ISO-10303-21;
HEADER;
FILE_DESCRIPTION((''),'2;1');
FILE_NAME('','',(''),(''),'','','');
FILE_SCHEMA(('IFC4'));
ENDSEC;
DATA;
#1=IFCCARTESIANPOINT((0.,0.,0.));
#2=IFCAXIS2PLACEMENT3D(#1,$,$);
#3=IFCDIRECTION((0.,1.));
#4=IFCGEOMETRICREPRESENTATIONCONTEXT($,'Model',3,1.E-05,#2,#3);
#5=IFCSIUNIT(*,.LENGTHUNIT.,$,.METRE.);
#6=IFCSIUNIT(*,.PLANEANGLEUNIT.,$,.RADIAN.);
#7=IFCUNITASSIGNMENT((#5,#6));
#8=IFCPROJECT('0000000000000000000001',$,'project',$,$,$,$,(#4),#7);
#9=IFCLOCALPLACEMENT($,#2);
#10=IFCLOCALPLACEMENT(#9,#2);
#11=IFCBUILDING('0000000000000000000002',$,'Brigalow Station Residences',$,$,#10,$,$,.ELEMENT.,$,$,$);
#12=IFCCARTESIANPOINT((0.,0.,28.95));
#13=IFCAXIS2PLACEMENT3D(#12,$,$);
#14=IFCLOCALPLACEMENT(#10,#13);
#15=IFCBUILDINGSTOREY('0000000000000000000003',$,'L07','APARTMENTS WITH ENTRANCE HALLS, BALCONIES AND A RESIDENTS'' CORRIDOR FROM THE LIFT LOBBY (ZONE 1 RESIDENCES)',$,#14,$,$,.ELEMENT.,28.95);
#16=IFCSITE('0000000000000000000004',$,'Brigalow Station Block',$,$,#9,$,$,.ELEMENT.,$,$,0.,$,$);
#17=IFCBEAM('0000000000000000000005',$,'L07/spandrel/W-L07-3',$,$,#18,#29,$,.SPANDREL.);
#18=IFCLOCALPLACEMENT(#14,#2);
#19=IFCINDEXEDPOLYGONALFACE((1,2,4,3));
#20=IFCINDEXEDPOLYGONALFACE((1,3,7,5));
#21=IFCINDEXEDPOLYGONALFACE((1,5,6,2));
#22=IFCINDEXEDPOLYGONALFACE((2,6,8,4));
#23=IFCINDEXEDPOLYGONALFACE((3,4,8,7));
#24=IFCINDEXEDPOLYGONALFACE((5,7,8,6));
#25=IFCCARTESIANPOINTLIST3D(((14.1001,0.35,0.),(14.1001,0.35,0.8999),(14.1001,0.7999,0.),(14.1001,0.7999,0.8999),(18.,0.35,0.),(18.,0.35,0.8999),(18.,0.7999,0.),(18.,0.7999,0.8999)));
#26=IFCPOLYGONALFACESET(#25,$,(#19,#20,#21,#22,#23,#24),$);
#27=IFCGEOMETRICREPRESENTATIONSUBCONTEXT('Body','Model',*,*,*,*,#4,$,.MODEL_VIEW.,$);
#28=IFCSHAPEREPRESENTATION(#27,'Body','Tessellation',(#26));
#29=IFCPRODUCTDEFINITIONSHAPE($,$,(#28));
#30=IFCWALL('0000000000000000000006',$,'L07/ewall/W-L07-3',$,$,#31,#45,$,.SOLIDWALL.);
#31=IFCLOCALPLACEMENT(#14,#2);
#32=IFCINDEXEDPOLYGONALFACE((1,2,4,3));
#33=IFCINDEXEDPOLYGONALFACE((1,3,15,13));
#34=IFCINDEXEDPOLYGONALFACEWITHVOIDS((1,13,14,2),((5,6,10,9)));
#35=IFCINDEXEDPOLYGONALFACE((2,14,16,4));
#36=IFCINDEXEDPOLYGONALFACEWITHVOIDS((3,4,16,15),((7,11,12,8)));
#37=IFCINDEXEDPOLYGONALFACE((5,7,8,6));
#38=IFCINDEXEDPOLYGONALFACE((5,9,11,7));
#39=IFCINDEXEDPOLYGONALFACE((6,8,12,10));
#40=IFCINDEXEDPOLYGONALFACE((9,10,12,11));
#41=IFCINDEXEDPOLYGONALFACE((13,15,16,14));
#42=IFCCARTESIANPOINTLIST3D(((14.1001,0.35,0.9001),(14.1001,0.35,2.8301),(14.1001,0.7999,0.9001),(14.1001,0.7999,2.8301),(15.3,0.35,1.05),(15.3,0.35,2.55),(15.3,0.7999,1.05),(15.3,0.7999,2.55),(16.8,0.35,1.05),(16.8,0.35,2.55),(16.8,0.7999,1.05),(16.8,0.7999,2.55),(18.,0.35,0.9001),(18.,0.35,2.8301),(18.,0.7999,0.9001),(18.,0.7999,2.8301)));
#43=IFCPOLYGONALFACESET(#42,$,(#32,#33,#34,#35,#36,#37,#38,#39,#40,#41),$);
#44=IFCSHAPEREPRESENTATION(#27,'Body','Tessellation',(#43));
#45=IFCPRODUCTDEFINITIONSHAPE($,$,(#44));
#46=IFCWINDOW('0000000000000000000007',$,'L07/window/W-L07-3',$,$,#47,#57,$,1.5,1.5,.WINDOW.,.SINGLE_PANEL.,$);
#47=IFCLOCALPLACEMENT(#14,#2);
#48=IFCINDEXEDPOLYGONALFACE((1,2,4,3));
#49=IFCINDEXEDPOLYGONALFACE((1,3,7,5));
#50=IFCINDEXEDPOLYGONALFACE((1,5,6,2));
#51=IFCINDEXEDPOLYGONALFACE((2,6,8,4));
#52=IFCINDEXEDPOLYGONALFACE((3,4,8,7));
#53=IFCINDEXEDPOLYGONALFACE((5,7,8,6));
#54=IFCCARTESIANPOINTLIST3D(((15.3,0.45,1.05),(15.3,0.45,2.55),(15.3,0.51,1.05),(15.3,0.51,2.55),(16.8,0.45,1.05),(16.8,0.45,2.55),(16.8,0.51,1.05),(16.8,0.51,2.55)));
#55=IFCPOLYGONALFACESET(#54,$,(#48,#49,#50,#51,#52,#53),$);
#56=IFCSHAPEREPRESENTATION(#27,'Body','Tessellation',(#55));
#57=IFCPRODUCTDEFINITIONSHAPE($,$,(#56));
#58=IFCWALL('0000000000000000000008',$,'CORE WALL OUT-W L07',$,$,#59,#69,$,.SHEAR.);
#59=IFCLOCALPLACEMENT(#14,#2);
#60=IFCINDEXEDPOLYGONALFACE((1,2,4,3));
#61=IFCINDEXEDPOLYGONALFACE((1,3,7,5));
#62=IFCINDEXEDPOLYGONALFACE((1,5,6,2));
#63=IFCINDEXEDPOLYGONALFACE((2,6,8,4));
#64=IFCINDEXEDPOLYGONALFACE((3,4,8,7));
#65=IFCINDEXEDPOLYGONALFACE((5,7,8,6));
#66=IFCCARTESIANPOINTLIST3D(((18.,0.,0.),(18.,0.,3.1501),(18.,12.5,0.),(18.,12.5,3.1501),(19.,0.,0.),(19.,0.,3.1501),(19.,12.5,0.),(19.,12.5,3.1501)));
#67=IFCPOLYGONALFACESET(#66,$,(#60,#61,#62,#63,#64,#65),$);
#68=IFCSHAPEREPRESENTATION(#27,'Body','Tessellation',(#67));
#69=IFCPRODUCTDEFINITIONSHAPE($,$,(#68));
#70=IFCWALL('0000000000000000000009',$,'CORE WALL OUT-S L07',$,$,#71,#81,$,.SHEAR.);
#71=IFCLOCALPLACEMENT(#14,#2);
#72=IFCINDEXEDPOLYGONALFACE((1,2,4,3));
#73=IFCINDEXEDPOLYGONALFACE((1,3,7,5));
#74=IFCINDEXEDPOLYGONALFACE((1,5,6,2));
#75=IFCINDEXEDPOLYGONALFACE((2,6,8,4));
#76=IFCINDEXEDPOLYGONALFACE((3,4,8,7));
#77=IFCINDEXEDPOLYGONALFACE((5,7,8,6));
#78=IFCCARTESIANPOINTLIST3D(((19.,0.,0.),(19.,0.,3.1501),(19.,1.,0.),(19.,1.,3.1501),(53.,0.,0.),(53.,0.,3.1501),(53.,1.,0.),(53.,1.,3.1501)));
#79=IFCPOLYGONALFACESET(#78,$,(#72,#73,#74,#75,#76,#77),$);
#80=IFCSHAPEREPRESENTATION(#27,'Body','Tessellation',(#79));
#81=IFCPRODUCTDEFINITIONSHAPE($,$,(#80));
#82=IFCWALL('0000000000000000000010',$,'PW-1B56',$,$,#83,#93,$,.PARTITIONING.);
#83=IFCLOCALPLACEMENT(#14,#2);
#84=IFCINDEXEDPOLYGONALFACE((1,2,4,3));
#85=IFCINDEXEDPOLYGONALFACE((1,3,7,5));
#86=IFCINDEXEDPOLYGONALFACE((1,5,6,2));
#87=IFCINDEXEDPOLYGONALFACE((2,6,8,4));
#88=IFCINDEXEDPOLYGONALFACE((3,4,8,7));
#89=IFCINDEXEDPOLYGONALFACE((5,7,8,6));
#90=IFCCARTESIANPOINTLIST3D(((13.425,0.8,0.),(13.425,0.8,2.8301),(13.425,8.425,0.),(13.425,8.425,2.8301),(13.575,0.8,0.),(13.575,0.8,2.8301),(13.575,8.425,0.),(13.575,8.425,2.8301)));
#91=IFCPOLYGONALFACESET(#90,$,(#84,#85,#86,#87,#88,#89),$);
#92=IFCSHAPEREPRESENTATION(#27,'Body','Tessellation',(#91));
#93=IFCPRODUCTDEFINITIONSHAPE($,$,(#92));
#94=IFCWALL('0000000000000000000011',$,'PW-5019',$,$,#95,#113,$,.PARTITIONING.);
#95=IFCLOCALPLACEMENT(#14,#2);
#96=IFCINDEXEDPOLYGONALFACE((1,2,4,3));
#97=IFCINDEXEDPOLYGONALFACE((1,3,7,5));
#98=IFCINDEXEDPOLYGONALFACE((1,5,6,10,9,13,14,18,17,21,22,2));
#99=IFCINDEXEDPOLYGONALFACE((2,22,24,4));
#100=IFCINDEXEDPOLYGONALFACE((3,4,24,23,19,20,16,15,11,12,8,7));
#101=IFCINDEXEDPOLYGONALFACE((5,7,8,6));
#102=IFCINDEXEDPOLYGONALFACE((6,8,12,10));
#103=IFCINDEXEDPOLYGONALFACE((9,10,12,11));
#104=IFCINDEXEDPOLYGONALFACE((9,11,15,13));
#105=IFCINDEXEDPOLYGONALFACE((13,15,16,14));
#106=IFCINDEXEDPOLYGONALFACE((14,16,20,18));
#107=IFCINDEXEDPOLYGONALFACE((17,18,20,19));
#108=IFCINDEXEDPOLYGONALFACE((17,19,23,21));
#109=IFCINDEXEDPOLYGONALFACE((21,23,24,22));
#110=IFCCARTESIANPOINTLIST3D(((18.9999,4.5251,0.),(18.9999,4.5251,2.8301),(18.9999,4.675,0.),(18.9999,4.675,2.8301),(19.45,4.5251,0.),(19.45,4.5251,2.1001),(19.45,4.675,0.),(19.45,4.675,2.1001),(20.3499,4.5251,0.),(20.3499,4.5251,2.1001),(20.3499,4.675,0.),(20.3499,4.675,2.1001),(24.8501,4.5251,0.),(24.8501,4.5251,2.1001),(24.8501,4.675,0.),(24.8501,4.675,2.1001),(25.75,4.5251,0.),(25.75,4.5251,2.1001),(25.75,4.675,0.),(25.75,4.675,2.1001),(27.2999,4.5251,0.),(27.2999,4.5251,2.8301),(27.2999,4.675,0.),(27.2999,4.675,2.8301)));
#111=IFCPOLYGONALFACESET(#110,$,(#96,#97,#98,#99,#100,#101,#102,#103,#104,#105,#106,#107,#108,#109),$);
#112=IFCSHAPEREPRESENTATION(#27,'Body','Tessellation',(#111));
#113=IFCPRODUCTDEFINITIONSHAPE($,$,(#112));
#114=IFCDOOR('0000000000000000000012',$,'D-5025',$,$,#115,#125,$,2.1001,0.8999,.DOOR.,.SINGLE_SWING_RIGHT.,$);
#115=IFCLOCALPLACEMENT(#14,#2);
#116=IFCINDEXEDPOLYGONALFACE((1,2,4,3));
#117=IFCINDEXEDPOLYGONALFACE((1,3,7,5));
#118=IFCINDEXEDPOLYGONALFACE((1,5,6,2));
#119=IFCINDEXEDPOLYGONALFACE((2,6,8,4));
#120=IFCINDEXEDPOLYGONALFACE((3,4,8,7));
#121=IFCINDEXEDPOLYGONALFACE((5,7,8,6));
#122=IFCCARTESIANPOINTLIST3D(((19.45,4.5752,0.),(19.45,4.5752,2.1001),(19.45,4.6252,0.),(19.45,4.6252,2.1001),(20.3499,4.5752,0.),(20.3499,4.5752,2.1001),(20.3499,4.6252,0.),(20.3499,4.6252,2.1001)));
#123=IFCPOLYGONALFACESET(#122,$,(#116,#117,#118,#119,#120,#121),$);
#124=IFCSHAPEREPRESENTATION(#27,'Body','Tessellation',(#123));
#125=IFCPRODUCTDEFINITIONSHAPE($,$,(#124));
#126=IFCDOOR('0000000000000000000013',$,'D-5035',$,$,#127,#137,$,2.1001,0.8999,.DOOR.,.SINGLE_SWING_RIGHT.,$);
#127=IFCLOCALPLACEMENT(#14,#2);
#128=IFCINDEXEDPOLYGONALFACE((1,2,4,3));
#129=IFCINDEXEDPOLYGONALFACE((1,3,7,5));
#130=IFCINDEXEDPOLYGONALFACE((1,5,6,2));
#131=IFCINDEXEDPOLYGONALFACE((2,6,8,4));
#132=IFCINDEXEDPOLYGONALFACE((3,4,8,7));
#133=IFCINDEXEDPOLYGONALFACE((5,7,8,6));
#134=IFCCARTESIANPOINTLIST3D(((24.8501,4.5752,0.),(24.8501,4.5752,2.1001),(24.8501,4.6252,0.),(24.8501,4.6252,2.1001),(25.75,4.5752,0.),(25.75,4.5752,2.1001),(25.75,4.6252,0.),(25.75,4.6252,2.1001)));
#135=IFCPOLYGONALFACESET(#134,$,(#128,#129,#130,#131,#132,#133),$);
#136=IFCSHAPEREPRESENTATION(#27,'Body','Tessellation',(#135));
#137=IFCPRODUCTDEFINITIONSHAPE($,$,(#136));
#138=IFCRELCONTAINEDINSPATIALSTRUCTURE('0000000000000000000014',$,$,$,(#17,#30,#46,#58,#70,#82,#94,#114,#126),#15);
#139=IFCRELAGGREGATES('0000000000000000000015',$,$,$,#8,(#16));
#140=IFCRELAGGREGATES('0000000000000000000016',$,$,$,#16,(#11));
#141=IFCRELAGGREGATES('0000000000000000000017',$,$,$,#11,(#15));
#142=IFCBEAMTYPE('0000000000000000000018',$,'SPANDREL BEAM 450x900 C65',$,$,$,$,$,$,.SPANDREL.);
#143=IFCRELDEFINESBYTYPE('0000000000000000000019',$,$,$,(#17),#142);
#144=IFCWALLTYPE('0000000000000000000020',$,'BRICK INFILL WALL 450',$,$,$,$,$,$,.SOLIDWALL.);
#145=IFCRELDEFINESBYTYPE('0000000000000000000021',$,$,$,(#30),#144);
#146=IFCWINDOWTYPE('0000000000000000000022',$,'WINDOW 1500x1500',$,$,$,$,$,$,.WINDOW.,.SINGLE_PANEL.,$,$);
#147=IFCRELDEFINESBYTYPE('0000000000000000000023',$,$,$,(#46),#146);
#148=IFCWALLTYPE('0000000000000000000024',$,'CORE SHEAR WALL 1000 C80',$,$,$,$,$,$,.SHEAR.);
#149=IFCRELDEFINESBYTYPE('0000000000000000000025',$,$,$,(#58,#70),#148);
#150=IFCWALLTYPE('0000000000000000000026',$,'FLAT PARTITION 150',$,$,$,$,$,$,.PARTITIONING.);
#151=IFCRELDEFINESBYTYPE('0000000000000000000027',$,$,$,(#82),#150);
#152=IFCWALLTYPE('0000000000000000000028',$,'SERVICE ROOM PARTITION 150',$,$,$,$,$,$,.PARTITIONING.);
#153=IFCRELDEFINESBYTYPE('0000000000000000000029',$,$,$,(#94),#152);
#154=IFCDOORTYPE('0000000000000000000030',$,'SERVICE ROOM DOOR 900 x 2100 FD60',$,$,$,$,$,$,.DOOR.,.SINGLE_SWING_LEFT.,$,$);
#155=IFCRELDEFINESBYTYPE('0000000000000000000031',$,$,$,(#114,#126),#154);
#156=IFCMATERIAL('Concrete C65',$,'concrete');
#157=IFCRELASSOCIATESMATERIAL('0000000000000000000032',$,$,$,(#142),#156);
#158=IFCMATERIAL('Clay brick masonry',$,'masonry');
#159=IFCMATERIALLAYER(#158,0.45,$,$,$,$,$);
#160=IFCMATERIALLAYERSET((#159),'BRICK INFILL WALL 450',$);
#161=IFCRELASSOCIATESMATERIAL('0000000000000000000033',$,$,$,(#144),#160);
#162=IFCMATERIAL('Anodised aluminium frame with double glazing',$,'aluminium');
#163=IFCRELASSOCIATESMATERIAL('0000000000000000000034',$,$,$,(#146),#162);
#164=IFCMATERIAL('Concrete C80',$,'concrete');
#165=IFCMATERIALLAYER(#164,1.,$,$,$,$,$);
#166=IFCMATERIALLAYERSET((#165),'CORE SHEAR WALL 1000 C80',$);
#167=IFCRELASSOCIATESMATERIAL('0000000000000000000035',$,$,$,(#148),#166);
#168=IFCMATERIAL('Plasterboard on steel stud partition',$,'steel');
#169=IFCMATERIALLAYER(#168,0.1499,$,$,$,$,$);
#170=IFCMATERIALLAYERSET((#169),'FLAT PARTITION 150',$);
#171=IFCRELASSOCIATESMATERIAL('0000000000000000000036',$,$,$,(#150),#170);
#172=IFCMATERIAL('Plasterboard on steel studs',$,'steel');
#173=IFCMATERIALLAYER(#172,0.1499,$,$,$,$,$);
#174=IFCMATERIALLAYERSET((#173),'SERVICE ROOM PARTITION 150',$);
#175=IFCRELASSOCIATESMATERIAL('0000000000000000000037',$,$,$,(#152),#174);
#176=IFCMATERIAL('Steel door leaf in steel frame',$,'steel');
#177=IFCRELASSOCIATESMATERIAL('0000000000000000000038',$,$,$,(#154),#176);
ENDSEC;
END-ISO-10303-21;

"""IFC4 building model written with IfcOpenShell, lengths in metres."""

from ifc_helpers import new_model, si_unit, direction, frame, frame_2d, origin, origin_2d, place, context, subcontext, project, spatial, rectangle, extrude, material, layer, layer_set, material_profile, profile_set, type_object, element, fill, save


model = new_model("IFC4")

# Units and contexts
model_context = context("Model", 3, precision=1e-05, world=origin(), true_north=direction((0.0, 1.0)))
body_context = subcontext(model_context, "Body", "Model", "MODEL_VIEW")
ifc_project = project(units=[si_unit("LENGTHUNIT", "METRE"), si_unit("PLANEANGLEUNIT", "RADIAN")], contexts=[model_context])

# Site, building, storey
site_placement = place(None, origin())
site = spatial("IfcSite", under=ifc_project, at=site_placement, Name="Brigalow Station Block", CompositionType="ELEMENT", RefElevation=0.0)
building_placement = place(site_placement, origin())
building = spatial("IfcBuilding", under=site, at=building_placement, Name="Brigalow Station Residences", CompositionType="ELEMENT")
storey_placement = place(building_placement, frame((0.0, 0.0, 28.95)))
storey = spatial("IfcBuildingStorey", under=building, at=storey_placement, Name="L07", Description="APARTMENTS WITH ENTRANCE HALLS, BALCONIES AND A RESIDENTS' CORRIDOR FROM THE LIFT LOBBY (ZONE 1 RESIDENCES)", CompositionType="ELEMENT", Elevation=28.95)

# Beam
ifc_material_1 = material(Name="Concrete C65", Category="concrete")
ifc_material_profile = material_profile(ifc_material_1, rectangle(XDim=0.45, YDim=0.8999, at=origin_2d()), Name="RC450x900")
ifc_profile_set = profile_set([ifc_material_profile], Name="Concrete C65")
beam_type = type_object("IfcBeamType", Name="SPANDREL BEAM 450x900 C65", PredefinedType="SPANDREL", material=ifc_profile_set)
beam_placement = place(storey_placement, frame((14.1001, 0.575, 0.45), z_axis=(1.0, 0.0, 0.0), x_axis=(0.0, 1.0, 0.0)))
element("IfcBeam", 1, at=beam_placement, inside=storey, type_object=beam_type, Name="L07/spandrel/W-L07-3", PredefinedType="SPANDREL", context=body_context, shape_type="SweptSolid", body=[
    extrude(rectangle(XDim=0.45, YDim=0.8999, at=origin_2d()), origin(), (0.0, 0.0, 1.0), 3.8999),
])

# Wall, opening, window
ifc_material_2 = material(Name="Clay brick masonry", Category="masonry")
ifc_layer_1 = layer(ifc_material_2, 0.45)
ifc_layer_set_1 = layer_set([ifc_layer_1], Name="BRICK INFILL WALL 450")
wall_type_1 = type_object("IfcWallType", Name="BRICK INFILL WALL 450", PredefinedType="SOLIDWALL", material=ifc_layer_set_1)
wall_1_placement = place(storey_placement, frame((14.1001, 0.575, 0.9001), z_axis=(0.0, 0.0, 1.0), x_axis=(1.0, 0.0, 0.0)))
wall_1 = element("IfcWall", 2, at=wall_1_placement, inside=storey, type_object=wall_type_1, Name="L07/ewall/W-L07-3", PredefinedType="SOLIDWALL", context=body_context, shape_type="SweptSolid", body=[
    extrude(rectangle(XDim=3.8999, YDim=0.45, at=frame_2d((1.95, 0.0))), origin(), (0.0, 0.0, 1.0), 1.9299),
])
opening_1_placement = place(wall_1_placement, frame((1.2, 0.0, 0.1499)))
opening_1 = element("IfcOpeningElement", 3, at=opening_1_placement, cuts=wall_1, PredefinedType="OPENING", context=body_context, shape_type="SweptSolid", body=[
    extrude(rectangle(XDim=1.5, YDim=1.5, at=frame_2d((0.75, 0.75))), frame((0.0, 0.2349, 0.0), z_axis=(0.0, -1.0, 0.0), x_axis=(1.0, 0.0, 0.0)), (0.0, 0.0, 1.0), 0.47),
])
ifc_material_3 = material(Name="Anodised aluminium frame with double glazing", Category="aluminium")
window_type = type_object("IfcWindowType", Name="WINDOW 1500x1500", PartitioningType="SINGLE_PANEL", PredefinedType="WINDOW", material=ifc_material_3)
window_placement = place(opening_1_placement, origin())
window = element("IfcWindow", 4, at=window_placement, inside=storey, type_object=window_type, Name="L07/window/W-L07-3", OverallHeight=1.5, OverallWidth=1.5, PartitioningType="SINGLE_PANEL", PredefinedType="WINDOW", context=body_context, shape_type="SweptSolid", body=[
    extrude(rectangle(XDim=1.5, YDim=1.5, at=frame_2d((0.75, 0.75))), frame((0.0, -0.0649, 0.0), z_axis=(0.0, -1.0, 0.0), x_axis=(1.0, 0.0, 0.0)), (0.0, 0.0, 1.0), 0.0601),
])
fill(opening_1, window)

# Walls
ifc_material_4 = material(Name="Concrete C80", Category="concrete")
ifc_layer_2 = layer(ifc_material_4, 1.0)
ifc_layer_set_2 = layer_set([ifc_layer_2], Name="CORE SHEAR WALL 1000 C80")
wall_type_2 = type_object("IfcWallType", Name="CORE SHEAR WALL 1000 C80", PredefinedType="SHEAR", material=ifc_layer_set_2)
wall_2_placement = place(storey_placement, frame((18.5, 0.0, 0.0), z_axis=(0.0, 0.0, 1.0), x_axis=(0.0, 1.0, 0.0)))
element("IfcWall", 5, at=wall_2_placement, inside=storey, type_object=wall_type_2, Name="CORE WALL OUT-W L07", PredefinedType="SHEAR", context=body_context, shape_type="SweptSolid", body=[
    extrude(rectangle(XDim=12.5, YDim=1.0, at=frame_2d((6.25, 0.0))), origin(), (0.0, 0.0, 1.0), 3.1501),
])
wall_3_placement = place(storey_placement, frame((19.0, 0.5, 0.0), z_axis=(0.0, 0.0, 1.0), x_axis=(1.0, 0.0, 0.0)))
element("IfcWall", 6, at=wall_3_placement, inside=storey, type_object=wall_type_2, Name="CORE WALL OUT-S L07", PredefinedType="SHEAR", context=body_context, shape_type="SweptSolid", body=[
    extrude(rectangle(XDim=34.0, YDim=1.0, at=frame_2d((17.0, 0.0))), origin(), (0.0, 0.0, 1.0), 3.1501),
])
ifc_material_5 = material(Name="Plasterboard on steel stud partition", Category="steel")
ifc_layer_3 = layer(ifc_material_5, 0.1499)
ifc_layer_set_3 = layer_set([ifc_layer_3], Name="FLAT PARTITION 150")
wall_type_3 = type_object("IfcWallType", Name="FLAT PARTITION 150", PredefinedType="PARTITIONING", material=ifc_layer_set_3)
wall_4_placement = place(storey_placement, frame((13.5, 0.8, 0.0), z_axis=(0.0, 0.0, 1.0), x_axis=(0.0, 1.0, 0.0)))
element("IfcWall", 7, at=wall_4_placement, inside=storey, type_object=wall_type_3, Name="PW-1B56", PredefinedType="PARTITIONING", context=body_context, shape_type="SweptSolid", body=[
    extrude(rectangle(XDim=7.625, YDim=0.1499, at=frame_2d((3.8125, 0.0))), origin(), (0.0, 0.0, 1.0), 2.8301),
])

# Wall, openings, doors
ifc_material_6 = material(Name="Plasterboard on steel studs", Category="steel")
ifc_layer_4 = layer(ifc_material_6, 0.1499)
ifc_layer_set_4 = layer_set([ifc_layer_4], Name="SERVICE ROOM PARTITION 150")
wall_type_4 = type_object("IfcWallType", Name="SERVICE ROOM PARTITION 150", PredefinedType="PARTITIONING", material=ifc_layer_set_4)
wall_5_placement = place(storey_placement, frame((19.0, 4.6001, 0.0), z_axis=(0.0, 0.0, 1.0), x_axis=(1.0, 0.0, 0.0)))
wall_5 = element("IfcWall", 8, at=wall_5_placement, inside=storey, type_object=wall_type_4, Name="PW-5019", PredefinedType="PARTITIONING", context=body_context, shape_type="SweptSolid", body=[
    extrude(rectangle(XDim=8.3, YDim=0.1499, at=frame_2d((4.1499, 0.0))), origin(), (0.0, 0.0, 1.0), 2.8301),
])
opening_2_placement = place(wall_5_placement, frame((0.45, 0.0, 0.0)))
opening_2 = element("IfcOpeningElement", 9, at=opening_2_placement, cuts=wall_5, PredefinedType="OPENING", context=body_context, shape_type="SweptSolid", body=[
    extrude(rectangle(XDim=0.8999, YDim=2.1001, at=frame_2d((0.45, 1.05))), frame((0.0, 0.085, 0.0), z_axis=(0.0, -1.0, 0.0), x_axis=(1.0, 0.0, 0.0)), (0.0, 0.0, 1.0), 0.1699),
])
opening_3_placement = place(wall_5_placement, frame((5.8501, 0.0, 0.0)))
opening_3 = element("IfcOpeningElement", 10, at=opening_3_placement, cuts=wall_5, PredefinedType="OPENING", context=body_context, shape_type="SweptSolid", body=[
    extrude(rectangle(XDim=0.8999, YDim=2.1001, at=frame_2d((0.45, 1.05))), frame((0.0, 0.085, 0.0), z_axis=(0.0, -1.0, 0.0), x_axis=(1.0, 0.0, 0.0)), (0.0, 0.0, 1.0), 0.1699),
])
ifc_material_7 = material(Name="Steel door leaf in steel frame", Category="steel")
door_type = type_object("IfcDoorType", Name="SERVICE ROOM DOOR 900 x 2100 FD60", OperationType="SINGLE_SWING_LEFT", PredefinedType="DOOR", material=ifc_material_7)
door_1_placement = place(opening_2_placement, frame((0.8999, 0.0, 0.0), z_axis=(0.0, 0.0, 1.0), x_axis=(-1.0, 0.0, 0.0)))
door_1 = element("IfcDoor", 11, at=door_1_placement, inside=storey, type_object=door_type, Name="D-5025", OperationType="SINGLE_SWING_RIGHT", OverallHeight=2.1001, OverallWidth=0.8999, PredefinedType="DOOR", context=body_context, shape_type="SweptSolid", body=[
    extrude(rectangle(XDim=0.8999, YDim=2.1001, at=frame_2d((0.45, 1.05))), frame((0.0, 0.0249, 0.0), z_axis=(0.0, -1.0, 0.0), x_axis=(1.0, 0.0, 0.0)), (0.0, 0.0, 1.0), 0.05),
])
fill(opening_2, door_1)
door_2_placement = place(opening_3_placement, frame((0.8999, 0.0, 0.0), z_axis=(0.0, 0.0, 1.0), x_axis=(-1.0, 0.0, 0.0)))
door_2 = element("IfcDoor", 12, at=door_2_placement, inside=storey, type_object=door_type, Name="D-5035", OperationType="SINGLE_SWING_RIGHT", OverallHeight=2.1001, OverallWidth=0.8999, PredefinedType="DOOR", context=body_context, shape_type="SweptSolid", body=[
    extrude(rectangle(XDim=0.8999, YDim=2.1001, at=frame_2d((0.45, 1.05))), frame((0.0, 0.0249, 0.0), z_axis=(0.0, -1.0, 0.0), x_axis=(1.0, 0.0, 0.0)), (0.0, 0.0, 1.0), 0.05),
])
fill(opening_3, door_2)

save(model, "model.ifc")
